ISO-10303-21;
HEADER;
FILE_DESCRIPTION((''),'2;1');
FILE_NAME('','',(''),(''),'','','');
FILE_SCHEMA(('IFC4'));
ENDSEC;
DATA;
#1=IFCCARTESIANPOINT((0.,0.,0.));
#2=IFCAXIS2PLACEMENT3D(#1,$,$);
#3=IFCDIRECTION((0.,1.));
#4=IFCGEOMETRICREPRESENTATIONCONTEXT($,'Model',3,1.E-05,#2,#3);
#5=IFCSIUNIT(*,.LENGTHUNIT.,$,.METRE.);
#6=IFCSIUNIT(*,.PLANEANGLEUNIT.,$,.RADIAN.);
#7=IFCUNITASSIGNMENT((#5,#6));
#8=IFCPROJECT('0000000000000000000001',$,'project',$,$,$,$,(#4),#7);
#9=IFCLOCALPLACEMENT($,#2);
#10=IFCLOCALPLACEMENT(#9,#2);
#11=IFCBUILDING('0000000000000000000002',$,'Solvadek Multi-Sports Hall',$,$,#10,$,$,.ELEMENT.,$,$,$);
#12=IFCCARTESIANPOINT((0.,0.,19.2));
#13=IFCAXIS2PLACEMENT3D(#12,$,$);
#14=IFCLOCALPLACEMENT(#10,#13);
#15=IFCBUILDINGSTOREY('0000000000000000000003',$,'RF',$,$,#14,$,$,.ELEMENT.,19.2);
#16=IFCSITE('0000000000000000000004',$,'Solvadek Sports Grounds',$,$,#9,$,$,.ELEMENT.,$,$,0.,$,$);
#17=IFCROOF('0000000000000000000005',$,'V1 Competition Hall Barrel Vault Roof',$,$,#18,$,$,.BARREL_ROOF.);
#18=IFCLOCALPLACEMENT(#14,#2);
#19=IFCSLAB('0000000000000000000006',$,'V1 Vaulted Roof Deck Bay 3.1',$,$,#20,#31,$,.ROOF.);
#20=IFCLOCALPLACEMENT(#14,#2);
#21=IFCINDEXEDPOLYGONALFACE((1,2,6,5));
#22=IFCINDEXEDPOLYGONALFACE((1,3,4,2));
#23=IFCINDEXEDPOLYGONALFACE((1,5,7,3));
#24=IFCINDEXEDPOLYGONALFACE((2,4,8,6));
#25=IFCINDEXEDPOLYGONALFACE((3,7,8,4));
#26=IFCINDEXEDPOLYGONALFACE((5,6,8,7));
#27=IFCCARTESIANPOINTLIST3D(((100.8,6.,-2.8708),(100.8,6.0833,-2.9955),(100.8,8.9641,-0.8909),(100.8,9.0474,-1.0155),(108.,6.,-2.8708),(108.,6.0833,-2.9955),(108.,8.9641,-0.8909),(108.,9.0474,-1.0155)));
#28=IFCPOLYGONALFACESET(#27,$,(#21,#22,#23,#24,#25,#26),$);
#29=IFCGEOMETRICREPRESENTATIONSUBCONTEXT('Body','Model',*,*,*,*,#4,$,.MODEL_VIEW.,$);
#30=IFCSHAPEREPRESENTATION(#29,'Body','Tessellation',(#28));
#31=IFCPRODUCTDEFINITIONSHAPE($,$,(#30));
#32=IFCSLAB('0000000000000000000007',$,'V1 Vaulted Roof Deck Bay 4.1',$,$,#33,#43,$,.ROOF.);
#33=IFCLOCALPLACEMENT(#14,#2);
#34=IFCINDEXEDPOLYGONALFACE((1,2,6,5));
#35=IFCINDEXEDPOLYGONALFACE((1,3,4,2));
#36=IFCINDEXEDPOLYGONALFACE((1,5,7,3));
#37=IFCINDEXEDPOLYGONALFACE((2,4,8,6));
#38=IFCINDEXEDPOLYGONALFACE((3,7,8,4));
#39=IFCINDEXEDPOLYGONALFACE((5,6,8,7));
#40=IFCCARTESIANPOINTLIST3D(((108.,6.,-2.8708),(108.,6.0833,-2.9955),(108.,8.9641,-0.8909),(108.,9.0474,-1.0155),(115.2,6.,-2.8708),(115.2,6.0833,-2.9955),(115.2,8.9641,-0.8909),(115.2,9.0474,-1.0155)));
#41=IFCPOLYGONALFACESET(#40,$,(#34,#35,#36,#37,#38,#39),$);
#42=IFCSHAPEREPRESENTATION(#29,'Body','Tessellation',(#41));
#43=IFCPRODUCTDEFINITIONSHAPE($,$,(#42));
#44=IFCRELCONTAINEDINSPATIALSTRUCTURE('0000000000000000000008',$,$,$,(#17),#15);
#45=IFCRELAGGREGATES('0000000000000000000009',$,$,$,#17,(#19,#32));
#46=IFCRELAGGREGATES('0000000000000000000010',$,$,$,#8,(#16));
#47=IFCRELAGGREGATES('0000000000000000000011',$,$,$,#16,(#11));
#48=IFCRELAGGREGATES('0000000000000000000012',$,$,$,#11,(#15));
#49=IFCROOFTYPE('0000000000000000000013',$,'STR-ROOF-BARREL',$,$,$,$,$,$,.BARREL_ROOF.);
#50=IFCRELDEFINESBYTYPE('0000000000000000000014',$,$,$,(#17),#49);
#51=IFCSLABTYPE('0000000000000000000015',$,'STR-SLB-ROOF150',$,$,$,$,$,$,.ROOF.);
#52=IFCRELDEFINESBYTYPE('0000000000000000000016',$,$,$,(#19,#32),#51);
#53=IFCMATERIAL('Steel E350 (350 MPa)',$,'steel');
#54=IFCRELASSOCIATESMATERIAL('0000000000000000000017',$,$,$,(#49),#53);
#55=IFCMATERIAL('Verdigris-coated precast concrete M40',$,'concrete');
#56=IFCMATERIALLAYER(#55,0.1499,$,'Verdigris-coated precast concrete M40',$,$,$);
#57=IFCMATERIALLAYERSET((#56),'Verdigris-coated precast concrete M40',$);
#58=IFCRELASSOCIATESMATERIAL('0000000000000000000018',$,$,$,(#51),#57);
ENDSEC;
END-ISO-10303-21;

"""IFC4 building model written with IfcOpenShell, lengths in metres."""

from ifc_helpers import new_model, si_unit, direction, frame, origin, place, context, subcontext, project, spatial, polyline, outline, extrude, material, layer, layer_set, type_object, element, aggregate, save


model = new_model("IFC4")

# Units and contexts
model_context = context("Model", 3, precision=1e-05, world=origin(), true_north=direction((0.0, 1.0)))
body_context = subcontext(model_context, "Body", "Model", "MODEL_VIEW")
ifc_project = project(units=[si_unit("LENGTHUNIT", "METRE"), si_unit("PLANEANGLEUNIT", "RADIAN")], contexts=[model_context])

# Site, building, storey
site_placement = place(None, origin())
site = spatial("IfcSite", under=ifc_project, at=site_placement, Name="Solvadek Sports Grounds", CompositionType="ELEMENT", RefElevation=0.0)
building_placement = place(site_placement, origin())
building = spatial("IfcBuilding", under=site, at=building_placement, Name="Solvadek Multi-Sports Hall", CompositionType="ELEMENT")
storey_placement = place(building_placement, frame((0.0, 0.0, 19.2)))
storey = spatial("IfcBuildingStorey", under=building, at=storey_placement, Name="RF", CompositionType="ELEMENT", Elevation=19.2)

# Shared definitions
ifc_material_1 = material(Name="Steel E350 (350 MPa)", Category="steel")

# Roof, slabs
roof_type = type_object("IfcRoofType", Name="STR-ROOF-BARREL", PredefinedType="BARREL_ROOF", material=ifc_material_1)
roof_placement = place(storey_placement, origin())
roof = element("IfcRoof", 1, at=roof_placement, inside=storey, type_object=roof_type, Name="V1 Competition Hall Barrel Vault Roof", PredefinedType="BARREL_ROOF")
ifc_material_2 = material(Name="Verdigris-coated precast concrete M40", Category="concrete")
ifc_layer_1 = layer(ifc_material_2, 0.1499, Name="Verdigris-coated precast concrete M40")
ifc_layer_set_1 = layer_set([ifc_layer_1], Name="Verdigris-coated precast concrete M40")
slab_type = type_object("IfcSlabType", Name="STR-SLB-ROOF150", PredefinedType="ROOF", material=ifc_layer_set_1)
slab_1_placement = place(storey_placement, frame((100.8, 6.0, -2.8708), z_axis=(0.0, -0.555459, 0.831544), x_axis=(1.0, 0.0, 0.0)))
slab_1 = element("IfcSlab", 2, at=slab_1_placement, type_object=slab_type, Name="V1 Vaulted Roof Deck Bay 3.1", PredefinedType="ROOF", context=body_context, shape_type="SweptSolid", body=[
    extrude(outline(polyline([(0.0, 0.0), (7.2, 0.0), (7.2, 3.5646), (0.0, 3.5646), (0.0, 0.0)])), origin(), (0.0, 0.0, -1.0), 0.1499),
])
slab_2_placement = place(storey_placement, frame((108.0, 6.0, -2.8708), z_axis=(0.0, -0.555459, 0.831544), x_axis=(1.0, 0.0, 0.0)))
slab_2 = element("IfcSlab", 3, at=slab_2_placement, type_object=slab_type, Name="V1 Vaulted Roof Deck Bay 4.1", PredefinedType="ROOF", context=body_context, shape_type="SweptSolid", body=[
    extrude(outline(polyline([(0.0, 0.0), (7.2, 0.0), (7.2, 3.5646), (0.0, 3.5646), (0.0, 0.0)])), origin(), (0.0, 0.0, -1.0), 0.1499),
])
aggregate(roof, [slab_1, slab_2])

save(model, "model.ifc")
